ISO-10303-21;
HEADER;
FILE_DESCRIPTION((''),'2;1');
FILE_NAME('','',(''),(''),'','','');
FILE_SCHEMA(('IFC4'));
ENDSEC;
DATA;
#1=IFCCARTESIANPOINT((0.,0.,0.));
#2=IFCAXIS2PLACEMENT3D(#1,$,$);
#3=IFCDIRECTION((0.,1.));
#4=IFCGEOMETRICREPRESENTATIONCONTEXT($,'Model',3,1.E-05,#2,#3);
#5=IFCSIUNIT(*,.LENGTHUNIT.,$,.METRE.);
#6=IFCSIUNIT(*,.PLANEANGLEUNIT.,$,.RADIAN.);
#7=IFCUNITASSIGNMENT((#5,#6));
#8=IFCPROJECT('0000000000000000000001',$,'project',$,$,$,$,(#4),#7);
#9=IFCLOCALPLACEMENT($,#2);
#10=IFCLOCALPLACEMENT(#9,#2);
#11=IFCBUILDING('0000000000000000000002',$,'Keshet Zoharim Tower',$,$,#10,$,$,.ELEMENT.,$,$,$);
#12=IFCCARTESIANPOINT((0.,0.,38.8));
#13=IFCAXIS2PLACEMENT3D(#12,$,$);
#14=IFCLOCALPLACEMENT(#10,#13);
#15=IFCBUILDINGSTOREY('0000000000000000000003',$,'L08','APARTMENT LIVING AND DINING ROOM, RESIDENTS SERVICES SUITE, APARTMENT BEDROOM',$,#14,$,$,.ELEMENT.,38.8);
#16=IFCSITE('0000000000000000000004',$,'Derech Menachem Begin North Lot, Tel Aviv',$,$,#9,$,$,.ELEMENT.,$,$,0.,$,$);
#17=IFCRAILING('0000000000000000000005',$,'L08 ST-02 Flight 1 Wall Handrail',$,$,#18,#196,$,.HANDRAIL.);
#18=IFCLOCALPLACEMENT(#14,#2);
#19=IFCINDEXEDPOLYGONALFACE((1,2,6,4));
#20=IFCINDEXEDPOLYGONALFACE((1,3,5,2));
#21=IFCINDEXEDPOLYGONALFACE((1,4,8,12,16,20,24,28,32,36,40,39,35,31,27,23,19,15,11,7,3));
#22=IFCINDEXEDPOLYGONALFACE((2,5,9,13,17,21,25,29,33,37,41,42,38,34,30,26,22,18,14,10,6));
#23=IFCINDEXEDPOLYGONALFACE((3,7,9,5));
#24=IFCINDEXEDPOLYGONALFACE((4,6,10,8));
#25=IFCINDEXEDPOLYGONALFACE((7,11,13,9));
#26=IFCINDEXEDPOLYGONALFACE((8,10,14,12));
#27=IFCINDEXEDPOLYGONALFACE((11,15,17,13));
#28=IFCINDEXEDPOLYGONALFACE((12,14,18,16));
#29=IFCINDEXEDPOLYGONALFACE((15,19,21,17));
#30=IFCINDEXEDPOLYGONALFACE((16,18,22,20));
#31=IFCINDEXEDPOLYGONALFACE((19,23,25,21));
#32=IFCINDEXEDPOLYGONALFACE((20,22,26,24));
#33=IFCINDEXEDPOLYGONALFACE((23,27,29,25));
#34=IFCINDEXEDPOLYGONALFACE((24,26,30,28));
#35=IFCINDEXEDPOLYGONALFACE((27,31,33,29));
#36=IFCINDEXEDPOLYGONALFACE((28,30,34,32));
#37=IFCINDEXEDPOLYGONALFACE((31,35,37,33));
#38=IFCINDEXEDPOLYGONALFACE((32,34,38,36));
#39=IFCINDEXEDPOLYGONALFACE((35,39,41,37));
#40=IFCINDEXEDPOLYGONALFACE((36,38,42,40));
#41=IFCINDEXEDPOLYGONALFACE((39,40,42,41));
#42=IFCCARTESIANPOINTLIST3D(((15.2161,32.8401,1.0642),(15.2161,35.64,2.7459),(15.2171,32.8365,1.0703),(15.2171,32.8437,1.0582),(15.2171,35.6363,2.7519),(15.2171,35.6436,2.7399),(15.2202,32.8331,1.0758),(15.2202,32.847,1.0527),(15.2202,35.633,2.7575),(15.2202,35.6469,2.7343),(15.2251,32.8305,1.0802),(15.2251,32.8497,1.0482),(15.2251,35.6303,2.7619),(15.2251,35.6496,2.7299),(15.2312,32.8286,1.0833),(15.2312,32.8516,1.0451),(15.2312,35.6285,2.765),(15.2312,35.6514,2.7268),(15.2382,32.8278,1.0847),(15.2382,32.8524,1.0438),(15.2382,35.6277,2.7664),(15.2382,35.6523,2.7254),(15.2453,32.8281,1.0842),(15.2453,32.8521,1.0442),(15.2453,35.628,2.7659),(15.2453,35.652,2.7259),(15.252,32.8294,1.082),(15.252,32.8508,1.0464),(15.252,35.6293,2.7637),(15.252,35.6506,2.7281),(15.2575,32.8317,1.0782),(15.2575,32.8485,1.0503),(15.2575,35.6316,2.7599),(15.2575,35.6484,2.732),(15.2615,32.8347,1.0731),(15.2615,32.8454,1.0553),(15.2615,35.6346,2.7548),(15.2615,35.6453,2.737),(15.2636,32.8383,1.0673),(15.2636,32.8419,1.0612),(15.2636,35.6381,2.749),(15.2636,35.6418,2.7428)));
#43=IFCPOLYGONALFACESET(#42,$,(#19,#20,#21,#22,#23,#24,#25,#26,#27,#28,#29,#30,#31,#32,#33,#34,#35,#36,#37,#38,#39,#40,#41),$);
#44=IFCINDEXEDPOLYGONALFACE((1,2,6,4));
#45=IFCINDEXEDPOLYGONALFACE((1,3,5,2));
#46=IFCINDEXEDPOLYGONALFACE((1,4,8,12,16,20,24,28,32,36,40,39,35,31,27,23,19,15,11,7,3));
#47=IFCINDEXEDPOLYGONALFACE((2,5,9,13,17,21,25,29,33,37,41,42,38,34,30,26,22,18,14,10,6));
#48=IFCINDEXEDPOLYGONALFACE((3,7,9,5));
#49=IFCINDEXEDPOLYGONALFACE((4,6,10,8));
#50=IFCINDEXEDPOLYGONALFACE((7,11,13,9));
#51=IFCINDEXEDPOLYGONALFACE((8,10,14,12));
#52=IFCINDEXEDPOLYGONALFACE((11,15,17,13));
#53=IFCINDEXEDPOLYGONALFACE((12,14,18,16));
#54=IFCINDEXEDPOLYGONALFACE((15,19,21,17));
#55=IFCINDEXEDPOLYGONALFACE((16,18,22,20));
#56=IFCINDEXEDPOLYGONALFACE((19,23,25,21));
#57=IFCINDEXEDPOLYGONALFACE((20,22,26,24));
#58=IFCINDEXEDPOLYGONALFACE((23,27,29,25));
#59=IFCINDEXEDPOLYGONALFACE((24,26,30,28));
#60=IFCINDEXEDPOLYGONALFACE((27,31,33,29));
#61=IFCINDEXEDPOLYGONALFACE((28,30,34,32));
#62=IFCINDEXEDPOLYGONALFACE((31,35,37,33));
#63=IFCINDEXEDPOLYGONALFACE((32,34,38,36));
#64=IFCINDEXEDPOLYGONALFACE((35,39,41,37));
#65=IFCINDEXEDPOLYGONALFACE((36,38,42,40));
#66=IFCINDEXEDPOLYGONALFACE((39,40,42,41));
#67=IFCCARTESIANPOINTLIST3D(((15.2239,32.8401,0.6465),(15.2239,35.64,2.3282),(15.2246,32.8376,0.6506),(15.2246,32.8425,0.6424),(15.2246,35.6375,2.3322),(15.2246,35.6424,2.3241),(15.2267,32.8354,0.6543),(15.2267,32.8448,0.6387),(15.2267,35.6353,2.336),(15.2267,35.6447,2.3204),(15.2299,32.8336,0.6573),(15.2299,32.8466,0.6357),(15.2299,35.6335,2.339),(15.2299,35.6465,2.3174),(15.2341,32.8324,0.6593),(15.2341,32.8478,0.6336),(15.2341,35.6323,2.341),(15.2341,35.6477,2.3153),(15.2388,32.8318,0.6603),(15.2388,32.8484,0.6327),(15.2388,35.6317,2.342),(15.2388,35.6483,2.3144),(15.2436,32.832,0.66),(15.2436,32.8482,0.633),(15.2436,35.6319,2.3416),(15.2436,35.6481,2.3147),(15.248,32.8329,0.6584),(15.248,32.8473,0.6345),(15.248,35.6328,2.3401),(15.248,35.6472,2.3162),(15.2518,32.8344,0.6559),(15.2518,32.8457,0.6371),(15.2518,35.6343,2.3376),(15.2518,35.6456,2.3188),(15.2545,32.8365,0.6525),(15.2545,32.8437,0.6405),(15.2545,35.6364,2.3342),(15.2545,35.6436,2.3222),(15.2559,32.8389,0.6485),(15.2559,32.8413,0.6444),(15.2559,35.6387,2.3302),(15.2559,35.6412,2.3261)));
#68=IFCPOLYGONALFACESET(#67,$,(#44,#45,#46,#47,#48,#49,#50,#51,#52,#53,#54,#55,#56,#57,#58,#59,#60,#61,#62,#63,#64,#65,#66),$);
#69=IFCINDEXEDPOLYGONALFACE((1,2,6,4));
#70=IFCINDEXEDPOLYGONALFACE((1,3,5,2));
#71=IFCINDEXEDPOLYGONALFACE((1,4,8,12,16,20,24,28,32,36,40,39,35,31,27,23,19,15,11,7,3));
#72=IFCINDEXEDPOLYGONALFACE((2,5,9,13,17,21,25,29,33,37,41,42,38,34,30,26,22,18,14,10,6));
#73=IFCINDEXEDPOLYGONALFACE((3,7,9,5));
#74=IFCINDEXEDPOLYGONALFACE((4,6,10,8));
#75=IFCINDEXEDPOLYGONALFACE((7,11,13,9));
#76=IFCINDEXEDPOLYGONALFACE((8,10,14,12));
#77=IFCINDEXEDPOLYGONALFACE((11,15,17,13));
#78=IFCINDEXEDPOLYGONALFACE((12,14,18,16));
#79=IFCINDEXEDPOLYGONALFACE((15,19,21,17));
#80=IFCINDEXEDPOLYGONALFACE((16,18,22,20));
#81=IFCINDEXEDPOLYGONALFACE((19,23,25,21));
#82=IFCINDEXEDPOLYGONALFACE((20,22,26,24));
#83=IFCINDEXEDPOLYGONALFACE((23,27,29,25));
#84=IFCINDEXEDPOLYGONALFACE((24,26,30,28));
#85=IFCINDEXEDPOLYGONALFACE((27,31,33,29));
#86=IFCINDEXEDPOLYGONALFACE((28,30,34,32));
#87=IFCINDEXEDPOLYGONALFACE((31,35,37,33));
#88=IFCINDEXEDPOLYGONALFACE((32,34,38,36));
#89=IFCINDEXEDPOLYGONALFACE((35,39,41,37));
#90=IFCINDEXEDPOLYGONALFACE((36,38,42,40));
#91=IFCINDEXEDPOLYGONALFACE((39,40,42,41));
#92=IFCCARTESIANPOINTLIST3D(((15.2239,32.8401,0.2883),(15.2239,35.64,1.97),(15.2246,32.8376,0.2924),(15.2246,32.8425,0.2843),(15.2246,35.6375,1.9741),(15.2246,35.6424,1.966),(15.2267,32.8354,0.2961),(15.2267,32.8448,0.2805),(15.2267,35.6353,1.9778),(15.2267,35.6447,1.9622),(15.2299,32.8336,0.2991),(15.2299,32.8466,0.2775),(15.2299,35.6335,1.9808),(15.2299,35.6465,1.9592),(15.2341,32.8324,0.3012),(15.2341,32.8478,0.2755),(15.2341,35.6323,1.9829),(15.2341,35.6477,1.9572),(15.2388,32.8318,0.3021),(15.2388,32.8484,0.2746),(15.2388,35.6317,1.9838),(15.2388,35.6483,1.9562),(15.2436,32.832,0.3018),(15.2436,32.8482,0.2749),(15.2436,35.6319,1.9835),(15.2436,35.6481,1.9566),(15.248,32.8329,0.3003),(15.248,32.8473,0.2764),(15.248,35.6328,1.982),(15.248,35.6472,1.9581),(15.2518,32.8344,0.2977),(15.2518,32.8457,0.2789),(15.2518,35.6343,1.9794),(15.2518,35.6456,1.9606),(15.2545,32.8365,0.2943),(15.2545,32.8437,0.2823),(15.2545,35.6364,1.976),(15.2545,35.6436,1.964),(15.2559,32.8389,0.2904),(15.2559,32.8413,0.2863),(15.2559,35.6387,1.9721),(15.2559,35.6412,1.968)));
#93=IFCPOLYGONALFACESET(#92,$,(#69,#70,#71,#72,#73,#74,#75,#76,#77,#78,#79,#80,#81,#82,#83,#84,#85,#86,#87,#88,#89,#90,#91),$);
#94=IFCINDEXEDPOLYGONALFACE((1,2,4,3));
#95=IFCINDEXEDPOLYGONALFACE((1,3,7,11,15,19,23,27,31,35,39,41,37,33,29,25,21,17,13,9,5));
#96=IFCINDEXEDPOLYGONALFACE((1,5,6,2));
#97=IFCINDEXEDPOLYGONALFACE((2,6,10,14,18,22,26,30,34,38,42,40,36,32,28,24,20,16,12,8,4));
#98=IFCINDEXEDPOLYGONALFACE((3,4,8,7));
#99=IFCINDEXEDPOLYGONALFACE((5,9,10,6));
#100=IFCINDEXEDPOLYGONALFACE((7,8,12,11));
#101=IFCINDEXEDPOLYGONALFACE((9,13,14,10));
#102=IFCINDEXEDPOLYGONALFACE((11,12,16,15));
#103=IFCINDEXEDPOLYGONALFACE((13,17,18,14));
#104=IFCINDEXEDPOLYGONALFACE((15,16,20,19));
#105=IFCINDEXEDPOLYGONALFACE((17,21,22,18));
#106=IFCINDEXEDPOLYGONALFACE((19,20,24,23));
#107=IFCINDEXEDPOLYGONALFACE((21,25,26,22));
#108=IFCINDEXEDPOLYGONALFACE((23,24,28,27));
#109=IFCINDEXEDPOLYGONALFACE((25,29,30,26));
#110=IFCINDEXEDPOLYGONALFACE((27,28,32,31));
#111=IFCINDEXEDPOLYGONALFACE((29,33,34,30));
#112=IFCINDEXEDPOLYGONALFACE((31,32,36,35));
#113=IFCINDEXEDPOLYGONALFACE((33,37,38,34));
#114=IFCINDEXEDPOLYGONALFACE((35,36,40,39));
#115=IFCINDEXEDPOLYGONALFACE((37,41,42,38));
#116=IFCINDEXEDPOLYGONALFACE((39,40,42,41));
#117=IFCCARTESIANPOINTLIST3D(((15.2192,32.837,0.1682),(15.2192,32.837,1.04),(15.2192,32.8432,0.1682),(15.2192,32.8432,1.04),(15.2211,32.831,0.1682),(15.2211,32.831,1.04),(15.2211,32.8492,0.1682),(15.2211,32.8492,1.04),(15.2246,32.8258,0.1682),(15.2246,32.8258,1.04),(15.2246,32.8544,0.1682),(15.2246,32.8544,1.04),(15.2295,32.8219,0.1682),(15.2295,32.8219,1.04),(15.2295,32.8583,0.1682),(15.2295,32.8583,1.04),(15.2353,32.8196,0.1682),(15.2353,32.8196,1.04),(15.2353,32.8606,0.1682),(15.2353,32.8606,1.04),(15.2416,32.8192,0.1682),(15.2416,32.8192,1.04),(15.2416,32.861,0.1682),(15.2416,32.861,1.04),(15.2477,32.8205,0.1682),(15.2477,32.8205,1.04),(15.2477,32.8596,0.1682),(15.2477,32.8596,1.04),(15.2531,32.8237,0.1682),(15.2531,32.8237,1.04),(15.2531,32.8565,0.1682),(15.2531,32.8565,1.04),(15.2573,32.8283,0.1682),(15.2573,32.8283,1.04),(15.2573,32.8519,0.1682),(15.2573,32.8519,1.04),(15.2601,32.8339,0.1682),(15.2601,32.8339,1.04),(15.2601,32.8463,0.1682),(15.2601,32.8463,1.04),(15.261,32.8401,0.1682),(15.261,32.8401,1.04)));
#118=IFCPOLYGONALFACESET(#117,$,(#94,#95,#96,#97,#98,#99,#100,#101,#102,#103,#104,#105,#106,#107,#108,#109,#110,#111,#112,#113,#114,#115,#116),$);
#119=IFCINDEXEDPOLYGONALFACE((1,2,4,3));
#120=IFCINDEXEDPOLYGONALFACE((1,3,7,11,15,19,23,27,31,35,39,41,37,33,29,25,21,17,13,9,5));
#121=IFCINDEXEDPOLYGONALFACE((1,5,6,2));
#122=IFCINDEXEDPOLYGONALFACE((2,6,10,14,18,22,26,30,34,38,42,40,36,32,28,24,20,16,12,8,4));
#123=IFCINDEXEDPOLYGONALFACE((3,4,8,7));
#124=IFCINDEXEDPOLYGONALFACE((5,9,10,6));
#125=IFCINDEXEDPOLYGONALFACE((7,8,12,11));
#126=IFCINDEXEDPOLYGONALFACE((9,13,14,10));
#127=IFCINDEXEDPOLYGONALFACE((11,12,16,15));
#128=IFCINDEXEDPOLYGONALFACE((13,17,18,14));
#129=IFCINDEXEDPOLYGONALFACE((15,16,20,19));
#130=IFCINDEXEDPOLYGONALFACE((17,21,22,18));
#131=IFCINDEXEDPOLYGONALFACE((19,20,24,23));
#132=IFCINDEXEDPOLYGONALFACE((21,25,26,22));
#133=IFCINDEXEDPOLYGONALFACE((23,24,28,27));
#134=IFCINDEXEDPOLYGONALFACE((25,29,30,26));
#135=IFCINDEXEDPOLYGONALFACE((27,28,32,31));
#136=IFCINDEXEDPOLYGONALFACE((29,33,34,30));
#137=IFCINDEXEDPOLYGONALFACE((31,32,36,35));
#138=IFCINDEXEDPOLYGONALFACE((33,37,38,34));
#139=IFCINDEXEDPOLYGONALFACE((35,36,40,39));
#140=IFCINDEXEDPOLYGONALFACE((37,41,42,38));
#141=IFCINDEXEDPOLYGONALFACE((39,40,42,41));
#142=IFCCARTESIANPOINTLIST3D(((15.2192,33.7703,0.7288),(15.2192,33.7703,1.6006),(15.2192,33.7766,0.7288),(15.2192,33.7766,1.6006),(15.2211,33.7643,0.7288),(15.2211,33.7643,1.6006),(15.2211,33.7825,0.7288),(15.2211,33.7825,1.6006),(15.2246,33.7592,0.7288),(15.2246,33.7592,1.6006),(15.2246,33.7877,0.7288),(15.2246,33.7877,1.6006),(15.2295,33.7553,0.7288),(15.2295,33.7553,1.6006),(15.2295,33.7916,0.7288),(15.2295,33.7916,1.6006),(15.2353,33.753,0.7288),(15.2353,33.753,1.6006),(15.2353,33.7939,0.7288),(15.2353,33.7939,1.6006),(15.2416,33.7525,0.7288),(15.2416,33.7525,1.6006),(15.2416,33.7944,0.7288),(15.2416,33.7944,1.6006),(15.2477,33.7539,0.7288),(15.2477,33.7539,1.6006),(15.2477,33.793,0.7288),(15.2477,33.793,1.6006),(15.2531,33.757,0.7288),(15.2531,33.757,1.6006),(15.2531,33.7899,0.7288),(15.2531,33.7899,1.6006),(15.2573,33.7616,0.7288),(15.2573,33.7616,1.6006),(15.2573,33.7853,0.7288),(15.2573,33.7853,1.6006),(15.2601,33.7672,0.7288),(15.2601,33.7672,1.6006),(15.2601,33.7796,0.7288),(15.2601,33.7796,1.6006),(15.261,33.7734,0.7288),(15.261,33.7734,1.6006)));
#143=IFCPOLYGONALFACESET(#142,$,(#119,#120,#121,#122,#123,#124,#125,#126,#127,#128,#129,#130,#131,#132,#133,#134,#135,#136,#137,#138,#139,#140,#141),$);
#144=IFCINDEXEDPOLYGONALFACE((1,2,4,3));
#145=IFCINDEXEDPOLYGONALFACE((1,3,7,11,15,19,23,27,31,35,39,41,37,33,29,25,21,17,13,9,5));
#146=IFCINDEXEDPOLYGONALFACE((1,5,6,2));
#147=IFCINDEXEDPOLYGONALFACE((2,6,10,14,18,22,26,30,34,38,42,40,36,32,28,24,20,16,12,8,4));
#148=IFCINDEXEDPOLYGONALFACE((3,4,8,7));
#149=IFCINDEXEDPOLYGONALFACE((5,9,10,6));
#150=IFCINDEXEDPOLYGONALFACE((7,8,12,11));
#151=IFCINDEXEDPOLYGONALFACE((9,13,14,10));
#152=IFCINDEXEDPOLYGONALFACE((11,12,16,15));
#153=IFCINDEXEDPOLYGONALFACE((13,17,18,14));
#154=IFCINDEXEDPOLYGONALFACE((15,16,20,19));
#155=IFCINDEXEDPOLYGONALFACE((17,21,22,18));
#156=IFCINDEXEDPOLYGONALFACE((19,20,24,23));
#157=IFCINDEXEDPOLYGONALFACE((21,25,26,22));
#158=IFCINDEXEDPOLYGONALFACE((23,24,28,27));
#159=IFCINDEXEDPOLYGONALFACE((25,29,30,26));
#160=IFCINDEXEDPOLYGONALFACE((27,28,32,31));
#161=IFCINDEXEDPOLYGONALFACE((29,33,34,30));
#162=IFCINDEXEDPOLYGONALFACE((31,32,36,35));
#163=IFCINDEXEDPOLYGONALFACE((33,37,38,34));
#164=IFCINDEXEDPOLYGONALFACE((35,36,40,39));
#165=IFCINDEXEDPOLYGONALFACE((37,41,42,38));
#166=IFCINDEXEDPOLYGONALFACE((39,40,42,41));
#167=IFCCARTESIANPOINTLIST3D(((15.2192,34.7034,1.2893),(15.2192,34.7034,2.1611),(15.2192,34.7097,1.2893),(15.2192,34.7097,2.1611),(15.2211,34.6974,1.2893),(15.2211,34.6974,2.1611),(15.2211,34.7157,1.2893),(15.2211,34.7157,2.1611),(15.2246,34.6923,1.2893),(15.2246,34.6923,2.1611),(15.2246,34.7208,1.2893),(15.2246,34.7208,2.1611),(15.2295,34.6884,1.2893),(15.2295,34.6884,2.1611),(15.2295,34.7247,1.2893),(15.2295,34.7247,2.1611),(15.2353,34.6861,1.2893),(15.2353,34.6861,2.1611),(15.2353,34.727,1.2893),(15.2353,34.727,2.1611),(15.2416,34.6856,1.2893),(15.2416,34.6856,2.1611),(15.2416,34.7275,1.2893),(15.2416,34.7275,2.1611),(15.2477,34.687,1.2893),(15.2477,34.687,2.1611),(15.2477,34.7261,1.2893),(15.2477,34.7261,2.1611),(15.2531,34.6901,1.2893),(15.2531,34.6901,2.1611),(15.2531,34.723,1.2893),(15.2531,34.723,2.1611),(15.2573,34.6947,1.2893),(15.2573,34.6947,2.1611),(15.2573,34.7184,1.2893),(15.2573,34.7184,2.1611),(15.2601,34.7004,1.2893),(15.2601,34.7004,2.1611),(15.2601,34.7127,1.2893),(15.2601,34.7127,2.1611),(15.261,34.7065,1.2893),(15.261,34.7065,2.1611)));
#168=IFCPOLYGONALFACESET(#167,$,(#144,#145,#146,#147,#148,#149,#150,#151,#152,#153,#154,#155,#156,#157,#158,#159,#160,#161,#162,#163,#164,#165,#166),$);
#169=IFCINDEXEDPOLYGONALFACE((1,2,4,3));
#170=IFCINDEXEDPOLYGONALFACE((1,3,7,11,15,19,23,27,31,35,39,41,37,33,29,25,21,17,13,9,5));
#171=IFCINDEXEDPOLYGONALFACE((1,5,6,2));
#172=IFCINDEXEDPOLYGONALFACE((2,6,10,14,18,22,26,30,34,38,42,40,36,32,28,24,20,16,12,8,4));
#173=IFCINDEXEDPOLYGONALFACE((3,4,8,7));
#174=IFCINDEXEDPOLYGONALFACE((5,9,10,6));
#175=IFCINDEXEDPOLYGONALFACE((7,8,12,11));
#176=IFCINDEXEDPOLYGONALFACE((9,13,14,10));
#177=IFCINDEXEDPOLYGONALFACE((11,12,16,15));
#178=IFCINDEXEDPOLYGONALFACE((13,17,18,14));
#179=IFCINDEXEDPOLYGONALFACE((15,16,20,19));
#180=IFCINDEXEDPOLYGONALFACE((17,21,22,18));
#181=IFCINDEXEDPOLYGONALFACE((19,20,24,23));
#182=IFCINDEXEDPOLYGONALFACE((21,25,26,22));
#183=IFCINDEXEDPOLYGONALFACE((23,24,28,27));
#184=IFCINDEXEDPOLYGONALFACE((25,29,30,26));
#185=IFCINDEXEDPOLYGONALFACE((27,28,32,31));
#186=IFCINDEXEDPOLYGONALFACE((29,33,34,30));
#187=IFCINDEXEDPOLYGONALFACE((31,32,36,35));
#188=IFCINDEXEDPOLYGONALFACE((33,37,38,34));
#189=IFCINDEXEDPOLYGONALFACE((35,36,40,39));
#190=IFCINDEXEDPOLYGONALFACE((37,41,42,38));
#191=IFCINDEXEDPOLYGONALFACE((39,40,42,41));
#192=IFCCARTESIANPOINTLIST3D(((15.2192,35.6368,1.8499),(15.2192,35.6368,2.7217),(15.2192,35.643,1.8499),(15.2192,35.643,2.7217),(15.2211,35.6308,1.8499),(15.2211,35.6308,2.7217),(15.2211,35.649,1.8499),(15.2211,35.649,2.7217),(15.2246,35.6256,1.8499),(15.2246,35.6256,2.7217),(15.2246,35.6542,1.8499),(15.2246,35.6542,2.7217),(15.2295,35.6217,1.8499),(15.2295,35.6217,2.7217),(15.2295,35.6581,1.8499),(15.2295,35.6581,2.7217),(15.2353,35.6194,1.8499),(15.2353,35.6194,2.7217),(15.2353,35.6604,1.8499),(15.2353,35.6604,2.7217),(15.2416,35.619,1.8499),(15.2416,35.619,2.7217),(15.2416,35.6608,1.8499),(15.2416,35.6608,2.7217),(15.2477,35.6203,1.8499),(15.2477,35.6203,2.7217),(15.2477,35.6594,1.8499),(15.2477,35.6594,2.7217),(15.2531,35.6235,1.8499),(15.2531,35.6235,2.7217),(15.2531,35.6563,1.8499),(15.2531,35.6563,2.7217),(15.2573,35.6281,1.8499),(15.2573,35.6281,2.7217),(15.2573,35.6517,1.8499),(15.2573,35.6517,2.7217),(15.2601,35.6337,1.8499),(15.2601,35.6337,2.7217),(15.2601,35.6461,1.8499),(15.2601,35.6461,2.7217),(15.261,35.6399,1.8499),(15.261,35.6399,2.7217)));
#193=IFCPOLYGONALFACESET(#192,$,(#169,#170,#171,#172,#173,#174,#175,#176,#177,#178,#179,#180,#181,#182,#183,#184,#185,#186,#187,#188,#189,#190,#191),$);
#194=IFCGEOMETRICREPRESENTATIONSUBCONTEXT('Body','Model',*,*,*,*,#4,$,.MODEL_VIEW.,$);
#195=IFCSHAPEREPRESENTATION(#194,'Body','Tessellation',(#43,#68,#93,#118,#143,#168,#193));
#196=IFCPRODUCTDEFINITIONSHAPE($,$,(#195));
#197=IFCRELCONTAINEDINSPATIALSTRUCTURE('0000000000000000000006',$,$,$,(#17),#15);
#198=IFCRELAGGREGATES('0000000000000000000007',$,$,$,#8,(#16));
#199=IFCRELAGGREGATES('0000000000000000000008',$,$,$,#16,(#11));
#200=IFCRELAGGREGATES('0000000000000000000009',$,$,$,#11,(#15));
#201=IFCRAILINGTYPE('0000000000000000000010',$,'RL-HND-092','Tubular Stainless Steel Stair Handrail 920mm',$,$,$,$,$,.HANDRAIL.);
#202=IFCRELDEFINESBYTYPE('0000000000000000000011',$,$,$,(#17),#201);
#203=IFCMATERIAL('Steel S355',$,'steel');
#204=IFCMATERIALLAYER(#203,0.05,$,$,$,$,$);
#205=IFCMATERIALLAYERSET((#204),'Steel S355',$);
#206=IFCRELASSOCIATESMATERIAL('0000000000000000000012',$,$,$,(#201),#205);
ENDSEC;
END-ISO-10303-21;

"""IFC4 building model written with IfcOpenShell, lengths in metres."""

from ifc_helpers import new_model, si_unit, direction, frame, origin, origin_2d, place, context, subcontext, project, spatial, circle, extrude, material, layer, layer_set, type_object, element, save


model = new_model("IFC4")

# Units and contexts
model_context = context("Model", 3, precision=1e-05, world=origin(), true_north=direction((0.0, 1.0)))
body_context = subcontext(model_context, "Body", "Model", "MODEL_VIEW")
ifc_project = project(units=[si_unit("LENGTHUNIT", "METRE"), si_unit("PLANEANGLEUNIT", "RADIAN")], contexts=[model_context])

# Site, building, storey
site_placement = place(None, origin())
site = spatial("IfcSite", under=ifc_project, at=site_placement, Name="Derech Menachem Begin North Lot, Tel Aviv", CompositionType="ELEMENT", RefElevation=0.0)
building_placement = place(site_placement, origin())
building = spatial("IfcBuilding", under=site, at=building_placement, Name="Keshet Zoharim Tower", CompositionType="ELEMENT")
storey_placement = place(building_placement, frame((0.0, 0.0, 38.8)))
storey = spatial("IfcBuildingStorey", under=building, at=storey_placement, Name="L08", Description="APARTMENT LIVING AND DINING ROOM, RESIDENTS SERVICES SUITE, APARTMENT BEDROOM", CompositionType="ELEMENT", Elevation=38.8)

# Railing
ifc_material_1 = material(Name="Steel S355", Category="steel")
ifc_layer_1 = layer(ifc_material_1, 0.05)
ifc_layer_set_1 = layer_set([ifc_layer_1], Name="Steel S355")
railing_type_1 = type_object("IfcRailingType", Name="RL-HND-092", Description="Tubular Stainless Steel Stair Handrail 920mm", PredefinedType="HANDRAIL", material=ifc_layer_set_1)
railing_1_placement = place(storey_placement, frame((15.24, 32.8401, 0.1682)))
element("IfcRailing", 1, at=railing_1_placement, inside=storey, type_object=railing_type_1, Name="L08 ST-02 Flight 1 Wall Handrail", PredefinedType="HANDRAIL", context=body_context, shape_type="SweptSolid", body=[
    extrude(circle(Radius=0.0239, at=origin_2d()), frame((0.0, 0.0, 0.896), z_axis=(0.0, 0.857255, 0.514891), x_axis=(-1.0, 0.0, 0.0)), (0.0, 0.0, 1.0), 3.2661),
    extrude(circle(Radius=0.0161, at=origin_2d()), frame((0.0, 0.0, 0.4783), z_axis=(0.0, 0.857255, 0.514891), x_axis=(-1.0, 0.0, 0.0)), (0.0, 0.0, 1.0), 3.2661),
    extrude(circle(Radius=0.0161, at=origin_2d()), frame((0.0, 0.0, 0.1201), z_axis=(0.0, 0.857255, 0.514891), x_axis=(-1.0, 0.0, 0.0)), (0.0, 0.0, 1.0), 3.2661),
    extrude(circle(Radius=0.021, at=origin_2d()), origin(), (0.0, 0.0, 1.0), 0.8718),
    extrude(circle(Radius=0.021, at=origin_2d()), frame((0.0, 0.9333, 0.5605)), (0.0, 0.0, 1.0), 0.8718),
    extrude(circle(Radius=0.021, at=origin_2d()), frame((0.0, 1.8665, 1.1211)), (0.0, 0.0, 1.0), 0.8718),
    extrude(circle(Radius=0.021, at=origin_2d()), frame((0.0, 2.7998, 1.6816)), (0.0, 0.0, 1.0), 0.8718),
])

save(model, "model.ifc")
